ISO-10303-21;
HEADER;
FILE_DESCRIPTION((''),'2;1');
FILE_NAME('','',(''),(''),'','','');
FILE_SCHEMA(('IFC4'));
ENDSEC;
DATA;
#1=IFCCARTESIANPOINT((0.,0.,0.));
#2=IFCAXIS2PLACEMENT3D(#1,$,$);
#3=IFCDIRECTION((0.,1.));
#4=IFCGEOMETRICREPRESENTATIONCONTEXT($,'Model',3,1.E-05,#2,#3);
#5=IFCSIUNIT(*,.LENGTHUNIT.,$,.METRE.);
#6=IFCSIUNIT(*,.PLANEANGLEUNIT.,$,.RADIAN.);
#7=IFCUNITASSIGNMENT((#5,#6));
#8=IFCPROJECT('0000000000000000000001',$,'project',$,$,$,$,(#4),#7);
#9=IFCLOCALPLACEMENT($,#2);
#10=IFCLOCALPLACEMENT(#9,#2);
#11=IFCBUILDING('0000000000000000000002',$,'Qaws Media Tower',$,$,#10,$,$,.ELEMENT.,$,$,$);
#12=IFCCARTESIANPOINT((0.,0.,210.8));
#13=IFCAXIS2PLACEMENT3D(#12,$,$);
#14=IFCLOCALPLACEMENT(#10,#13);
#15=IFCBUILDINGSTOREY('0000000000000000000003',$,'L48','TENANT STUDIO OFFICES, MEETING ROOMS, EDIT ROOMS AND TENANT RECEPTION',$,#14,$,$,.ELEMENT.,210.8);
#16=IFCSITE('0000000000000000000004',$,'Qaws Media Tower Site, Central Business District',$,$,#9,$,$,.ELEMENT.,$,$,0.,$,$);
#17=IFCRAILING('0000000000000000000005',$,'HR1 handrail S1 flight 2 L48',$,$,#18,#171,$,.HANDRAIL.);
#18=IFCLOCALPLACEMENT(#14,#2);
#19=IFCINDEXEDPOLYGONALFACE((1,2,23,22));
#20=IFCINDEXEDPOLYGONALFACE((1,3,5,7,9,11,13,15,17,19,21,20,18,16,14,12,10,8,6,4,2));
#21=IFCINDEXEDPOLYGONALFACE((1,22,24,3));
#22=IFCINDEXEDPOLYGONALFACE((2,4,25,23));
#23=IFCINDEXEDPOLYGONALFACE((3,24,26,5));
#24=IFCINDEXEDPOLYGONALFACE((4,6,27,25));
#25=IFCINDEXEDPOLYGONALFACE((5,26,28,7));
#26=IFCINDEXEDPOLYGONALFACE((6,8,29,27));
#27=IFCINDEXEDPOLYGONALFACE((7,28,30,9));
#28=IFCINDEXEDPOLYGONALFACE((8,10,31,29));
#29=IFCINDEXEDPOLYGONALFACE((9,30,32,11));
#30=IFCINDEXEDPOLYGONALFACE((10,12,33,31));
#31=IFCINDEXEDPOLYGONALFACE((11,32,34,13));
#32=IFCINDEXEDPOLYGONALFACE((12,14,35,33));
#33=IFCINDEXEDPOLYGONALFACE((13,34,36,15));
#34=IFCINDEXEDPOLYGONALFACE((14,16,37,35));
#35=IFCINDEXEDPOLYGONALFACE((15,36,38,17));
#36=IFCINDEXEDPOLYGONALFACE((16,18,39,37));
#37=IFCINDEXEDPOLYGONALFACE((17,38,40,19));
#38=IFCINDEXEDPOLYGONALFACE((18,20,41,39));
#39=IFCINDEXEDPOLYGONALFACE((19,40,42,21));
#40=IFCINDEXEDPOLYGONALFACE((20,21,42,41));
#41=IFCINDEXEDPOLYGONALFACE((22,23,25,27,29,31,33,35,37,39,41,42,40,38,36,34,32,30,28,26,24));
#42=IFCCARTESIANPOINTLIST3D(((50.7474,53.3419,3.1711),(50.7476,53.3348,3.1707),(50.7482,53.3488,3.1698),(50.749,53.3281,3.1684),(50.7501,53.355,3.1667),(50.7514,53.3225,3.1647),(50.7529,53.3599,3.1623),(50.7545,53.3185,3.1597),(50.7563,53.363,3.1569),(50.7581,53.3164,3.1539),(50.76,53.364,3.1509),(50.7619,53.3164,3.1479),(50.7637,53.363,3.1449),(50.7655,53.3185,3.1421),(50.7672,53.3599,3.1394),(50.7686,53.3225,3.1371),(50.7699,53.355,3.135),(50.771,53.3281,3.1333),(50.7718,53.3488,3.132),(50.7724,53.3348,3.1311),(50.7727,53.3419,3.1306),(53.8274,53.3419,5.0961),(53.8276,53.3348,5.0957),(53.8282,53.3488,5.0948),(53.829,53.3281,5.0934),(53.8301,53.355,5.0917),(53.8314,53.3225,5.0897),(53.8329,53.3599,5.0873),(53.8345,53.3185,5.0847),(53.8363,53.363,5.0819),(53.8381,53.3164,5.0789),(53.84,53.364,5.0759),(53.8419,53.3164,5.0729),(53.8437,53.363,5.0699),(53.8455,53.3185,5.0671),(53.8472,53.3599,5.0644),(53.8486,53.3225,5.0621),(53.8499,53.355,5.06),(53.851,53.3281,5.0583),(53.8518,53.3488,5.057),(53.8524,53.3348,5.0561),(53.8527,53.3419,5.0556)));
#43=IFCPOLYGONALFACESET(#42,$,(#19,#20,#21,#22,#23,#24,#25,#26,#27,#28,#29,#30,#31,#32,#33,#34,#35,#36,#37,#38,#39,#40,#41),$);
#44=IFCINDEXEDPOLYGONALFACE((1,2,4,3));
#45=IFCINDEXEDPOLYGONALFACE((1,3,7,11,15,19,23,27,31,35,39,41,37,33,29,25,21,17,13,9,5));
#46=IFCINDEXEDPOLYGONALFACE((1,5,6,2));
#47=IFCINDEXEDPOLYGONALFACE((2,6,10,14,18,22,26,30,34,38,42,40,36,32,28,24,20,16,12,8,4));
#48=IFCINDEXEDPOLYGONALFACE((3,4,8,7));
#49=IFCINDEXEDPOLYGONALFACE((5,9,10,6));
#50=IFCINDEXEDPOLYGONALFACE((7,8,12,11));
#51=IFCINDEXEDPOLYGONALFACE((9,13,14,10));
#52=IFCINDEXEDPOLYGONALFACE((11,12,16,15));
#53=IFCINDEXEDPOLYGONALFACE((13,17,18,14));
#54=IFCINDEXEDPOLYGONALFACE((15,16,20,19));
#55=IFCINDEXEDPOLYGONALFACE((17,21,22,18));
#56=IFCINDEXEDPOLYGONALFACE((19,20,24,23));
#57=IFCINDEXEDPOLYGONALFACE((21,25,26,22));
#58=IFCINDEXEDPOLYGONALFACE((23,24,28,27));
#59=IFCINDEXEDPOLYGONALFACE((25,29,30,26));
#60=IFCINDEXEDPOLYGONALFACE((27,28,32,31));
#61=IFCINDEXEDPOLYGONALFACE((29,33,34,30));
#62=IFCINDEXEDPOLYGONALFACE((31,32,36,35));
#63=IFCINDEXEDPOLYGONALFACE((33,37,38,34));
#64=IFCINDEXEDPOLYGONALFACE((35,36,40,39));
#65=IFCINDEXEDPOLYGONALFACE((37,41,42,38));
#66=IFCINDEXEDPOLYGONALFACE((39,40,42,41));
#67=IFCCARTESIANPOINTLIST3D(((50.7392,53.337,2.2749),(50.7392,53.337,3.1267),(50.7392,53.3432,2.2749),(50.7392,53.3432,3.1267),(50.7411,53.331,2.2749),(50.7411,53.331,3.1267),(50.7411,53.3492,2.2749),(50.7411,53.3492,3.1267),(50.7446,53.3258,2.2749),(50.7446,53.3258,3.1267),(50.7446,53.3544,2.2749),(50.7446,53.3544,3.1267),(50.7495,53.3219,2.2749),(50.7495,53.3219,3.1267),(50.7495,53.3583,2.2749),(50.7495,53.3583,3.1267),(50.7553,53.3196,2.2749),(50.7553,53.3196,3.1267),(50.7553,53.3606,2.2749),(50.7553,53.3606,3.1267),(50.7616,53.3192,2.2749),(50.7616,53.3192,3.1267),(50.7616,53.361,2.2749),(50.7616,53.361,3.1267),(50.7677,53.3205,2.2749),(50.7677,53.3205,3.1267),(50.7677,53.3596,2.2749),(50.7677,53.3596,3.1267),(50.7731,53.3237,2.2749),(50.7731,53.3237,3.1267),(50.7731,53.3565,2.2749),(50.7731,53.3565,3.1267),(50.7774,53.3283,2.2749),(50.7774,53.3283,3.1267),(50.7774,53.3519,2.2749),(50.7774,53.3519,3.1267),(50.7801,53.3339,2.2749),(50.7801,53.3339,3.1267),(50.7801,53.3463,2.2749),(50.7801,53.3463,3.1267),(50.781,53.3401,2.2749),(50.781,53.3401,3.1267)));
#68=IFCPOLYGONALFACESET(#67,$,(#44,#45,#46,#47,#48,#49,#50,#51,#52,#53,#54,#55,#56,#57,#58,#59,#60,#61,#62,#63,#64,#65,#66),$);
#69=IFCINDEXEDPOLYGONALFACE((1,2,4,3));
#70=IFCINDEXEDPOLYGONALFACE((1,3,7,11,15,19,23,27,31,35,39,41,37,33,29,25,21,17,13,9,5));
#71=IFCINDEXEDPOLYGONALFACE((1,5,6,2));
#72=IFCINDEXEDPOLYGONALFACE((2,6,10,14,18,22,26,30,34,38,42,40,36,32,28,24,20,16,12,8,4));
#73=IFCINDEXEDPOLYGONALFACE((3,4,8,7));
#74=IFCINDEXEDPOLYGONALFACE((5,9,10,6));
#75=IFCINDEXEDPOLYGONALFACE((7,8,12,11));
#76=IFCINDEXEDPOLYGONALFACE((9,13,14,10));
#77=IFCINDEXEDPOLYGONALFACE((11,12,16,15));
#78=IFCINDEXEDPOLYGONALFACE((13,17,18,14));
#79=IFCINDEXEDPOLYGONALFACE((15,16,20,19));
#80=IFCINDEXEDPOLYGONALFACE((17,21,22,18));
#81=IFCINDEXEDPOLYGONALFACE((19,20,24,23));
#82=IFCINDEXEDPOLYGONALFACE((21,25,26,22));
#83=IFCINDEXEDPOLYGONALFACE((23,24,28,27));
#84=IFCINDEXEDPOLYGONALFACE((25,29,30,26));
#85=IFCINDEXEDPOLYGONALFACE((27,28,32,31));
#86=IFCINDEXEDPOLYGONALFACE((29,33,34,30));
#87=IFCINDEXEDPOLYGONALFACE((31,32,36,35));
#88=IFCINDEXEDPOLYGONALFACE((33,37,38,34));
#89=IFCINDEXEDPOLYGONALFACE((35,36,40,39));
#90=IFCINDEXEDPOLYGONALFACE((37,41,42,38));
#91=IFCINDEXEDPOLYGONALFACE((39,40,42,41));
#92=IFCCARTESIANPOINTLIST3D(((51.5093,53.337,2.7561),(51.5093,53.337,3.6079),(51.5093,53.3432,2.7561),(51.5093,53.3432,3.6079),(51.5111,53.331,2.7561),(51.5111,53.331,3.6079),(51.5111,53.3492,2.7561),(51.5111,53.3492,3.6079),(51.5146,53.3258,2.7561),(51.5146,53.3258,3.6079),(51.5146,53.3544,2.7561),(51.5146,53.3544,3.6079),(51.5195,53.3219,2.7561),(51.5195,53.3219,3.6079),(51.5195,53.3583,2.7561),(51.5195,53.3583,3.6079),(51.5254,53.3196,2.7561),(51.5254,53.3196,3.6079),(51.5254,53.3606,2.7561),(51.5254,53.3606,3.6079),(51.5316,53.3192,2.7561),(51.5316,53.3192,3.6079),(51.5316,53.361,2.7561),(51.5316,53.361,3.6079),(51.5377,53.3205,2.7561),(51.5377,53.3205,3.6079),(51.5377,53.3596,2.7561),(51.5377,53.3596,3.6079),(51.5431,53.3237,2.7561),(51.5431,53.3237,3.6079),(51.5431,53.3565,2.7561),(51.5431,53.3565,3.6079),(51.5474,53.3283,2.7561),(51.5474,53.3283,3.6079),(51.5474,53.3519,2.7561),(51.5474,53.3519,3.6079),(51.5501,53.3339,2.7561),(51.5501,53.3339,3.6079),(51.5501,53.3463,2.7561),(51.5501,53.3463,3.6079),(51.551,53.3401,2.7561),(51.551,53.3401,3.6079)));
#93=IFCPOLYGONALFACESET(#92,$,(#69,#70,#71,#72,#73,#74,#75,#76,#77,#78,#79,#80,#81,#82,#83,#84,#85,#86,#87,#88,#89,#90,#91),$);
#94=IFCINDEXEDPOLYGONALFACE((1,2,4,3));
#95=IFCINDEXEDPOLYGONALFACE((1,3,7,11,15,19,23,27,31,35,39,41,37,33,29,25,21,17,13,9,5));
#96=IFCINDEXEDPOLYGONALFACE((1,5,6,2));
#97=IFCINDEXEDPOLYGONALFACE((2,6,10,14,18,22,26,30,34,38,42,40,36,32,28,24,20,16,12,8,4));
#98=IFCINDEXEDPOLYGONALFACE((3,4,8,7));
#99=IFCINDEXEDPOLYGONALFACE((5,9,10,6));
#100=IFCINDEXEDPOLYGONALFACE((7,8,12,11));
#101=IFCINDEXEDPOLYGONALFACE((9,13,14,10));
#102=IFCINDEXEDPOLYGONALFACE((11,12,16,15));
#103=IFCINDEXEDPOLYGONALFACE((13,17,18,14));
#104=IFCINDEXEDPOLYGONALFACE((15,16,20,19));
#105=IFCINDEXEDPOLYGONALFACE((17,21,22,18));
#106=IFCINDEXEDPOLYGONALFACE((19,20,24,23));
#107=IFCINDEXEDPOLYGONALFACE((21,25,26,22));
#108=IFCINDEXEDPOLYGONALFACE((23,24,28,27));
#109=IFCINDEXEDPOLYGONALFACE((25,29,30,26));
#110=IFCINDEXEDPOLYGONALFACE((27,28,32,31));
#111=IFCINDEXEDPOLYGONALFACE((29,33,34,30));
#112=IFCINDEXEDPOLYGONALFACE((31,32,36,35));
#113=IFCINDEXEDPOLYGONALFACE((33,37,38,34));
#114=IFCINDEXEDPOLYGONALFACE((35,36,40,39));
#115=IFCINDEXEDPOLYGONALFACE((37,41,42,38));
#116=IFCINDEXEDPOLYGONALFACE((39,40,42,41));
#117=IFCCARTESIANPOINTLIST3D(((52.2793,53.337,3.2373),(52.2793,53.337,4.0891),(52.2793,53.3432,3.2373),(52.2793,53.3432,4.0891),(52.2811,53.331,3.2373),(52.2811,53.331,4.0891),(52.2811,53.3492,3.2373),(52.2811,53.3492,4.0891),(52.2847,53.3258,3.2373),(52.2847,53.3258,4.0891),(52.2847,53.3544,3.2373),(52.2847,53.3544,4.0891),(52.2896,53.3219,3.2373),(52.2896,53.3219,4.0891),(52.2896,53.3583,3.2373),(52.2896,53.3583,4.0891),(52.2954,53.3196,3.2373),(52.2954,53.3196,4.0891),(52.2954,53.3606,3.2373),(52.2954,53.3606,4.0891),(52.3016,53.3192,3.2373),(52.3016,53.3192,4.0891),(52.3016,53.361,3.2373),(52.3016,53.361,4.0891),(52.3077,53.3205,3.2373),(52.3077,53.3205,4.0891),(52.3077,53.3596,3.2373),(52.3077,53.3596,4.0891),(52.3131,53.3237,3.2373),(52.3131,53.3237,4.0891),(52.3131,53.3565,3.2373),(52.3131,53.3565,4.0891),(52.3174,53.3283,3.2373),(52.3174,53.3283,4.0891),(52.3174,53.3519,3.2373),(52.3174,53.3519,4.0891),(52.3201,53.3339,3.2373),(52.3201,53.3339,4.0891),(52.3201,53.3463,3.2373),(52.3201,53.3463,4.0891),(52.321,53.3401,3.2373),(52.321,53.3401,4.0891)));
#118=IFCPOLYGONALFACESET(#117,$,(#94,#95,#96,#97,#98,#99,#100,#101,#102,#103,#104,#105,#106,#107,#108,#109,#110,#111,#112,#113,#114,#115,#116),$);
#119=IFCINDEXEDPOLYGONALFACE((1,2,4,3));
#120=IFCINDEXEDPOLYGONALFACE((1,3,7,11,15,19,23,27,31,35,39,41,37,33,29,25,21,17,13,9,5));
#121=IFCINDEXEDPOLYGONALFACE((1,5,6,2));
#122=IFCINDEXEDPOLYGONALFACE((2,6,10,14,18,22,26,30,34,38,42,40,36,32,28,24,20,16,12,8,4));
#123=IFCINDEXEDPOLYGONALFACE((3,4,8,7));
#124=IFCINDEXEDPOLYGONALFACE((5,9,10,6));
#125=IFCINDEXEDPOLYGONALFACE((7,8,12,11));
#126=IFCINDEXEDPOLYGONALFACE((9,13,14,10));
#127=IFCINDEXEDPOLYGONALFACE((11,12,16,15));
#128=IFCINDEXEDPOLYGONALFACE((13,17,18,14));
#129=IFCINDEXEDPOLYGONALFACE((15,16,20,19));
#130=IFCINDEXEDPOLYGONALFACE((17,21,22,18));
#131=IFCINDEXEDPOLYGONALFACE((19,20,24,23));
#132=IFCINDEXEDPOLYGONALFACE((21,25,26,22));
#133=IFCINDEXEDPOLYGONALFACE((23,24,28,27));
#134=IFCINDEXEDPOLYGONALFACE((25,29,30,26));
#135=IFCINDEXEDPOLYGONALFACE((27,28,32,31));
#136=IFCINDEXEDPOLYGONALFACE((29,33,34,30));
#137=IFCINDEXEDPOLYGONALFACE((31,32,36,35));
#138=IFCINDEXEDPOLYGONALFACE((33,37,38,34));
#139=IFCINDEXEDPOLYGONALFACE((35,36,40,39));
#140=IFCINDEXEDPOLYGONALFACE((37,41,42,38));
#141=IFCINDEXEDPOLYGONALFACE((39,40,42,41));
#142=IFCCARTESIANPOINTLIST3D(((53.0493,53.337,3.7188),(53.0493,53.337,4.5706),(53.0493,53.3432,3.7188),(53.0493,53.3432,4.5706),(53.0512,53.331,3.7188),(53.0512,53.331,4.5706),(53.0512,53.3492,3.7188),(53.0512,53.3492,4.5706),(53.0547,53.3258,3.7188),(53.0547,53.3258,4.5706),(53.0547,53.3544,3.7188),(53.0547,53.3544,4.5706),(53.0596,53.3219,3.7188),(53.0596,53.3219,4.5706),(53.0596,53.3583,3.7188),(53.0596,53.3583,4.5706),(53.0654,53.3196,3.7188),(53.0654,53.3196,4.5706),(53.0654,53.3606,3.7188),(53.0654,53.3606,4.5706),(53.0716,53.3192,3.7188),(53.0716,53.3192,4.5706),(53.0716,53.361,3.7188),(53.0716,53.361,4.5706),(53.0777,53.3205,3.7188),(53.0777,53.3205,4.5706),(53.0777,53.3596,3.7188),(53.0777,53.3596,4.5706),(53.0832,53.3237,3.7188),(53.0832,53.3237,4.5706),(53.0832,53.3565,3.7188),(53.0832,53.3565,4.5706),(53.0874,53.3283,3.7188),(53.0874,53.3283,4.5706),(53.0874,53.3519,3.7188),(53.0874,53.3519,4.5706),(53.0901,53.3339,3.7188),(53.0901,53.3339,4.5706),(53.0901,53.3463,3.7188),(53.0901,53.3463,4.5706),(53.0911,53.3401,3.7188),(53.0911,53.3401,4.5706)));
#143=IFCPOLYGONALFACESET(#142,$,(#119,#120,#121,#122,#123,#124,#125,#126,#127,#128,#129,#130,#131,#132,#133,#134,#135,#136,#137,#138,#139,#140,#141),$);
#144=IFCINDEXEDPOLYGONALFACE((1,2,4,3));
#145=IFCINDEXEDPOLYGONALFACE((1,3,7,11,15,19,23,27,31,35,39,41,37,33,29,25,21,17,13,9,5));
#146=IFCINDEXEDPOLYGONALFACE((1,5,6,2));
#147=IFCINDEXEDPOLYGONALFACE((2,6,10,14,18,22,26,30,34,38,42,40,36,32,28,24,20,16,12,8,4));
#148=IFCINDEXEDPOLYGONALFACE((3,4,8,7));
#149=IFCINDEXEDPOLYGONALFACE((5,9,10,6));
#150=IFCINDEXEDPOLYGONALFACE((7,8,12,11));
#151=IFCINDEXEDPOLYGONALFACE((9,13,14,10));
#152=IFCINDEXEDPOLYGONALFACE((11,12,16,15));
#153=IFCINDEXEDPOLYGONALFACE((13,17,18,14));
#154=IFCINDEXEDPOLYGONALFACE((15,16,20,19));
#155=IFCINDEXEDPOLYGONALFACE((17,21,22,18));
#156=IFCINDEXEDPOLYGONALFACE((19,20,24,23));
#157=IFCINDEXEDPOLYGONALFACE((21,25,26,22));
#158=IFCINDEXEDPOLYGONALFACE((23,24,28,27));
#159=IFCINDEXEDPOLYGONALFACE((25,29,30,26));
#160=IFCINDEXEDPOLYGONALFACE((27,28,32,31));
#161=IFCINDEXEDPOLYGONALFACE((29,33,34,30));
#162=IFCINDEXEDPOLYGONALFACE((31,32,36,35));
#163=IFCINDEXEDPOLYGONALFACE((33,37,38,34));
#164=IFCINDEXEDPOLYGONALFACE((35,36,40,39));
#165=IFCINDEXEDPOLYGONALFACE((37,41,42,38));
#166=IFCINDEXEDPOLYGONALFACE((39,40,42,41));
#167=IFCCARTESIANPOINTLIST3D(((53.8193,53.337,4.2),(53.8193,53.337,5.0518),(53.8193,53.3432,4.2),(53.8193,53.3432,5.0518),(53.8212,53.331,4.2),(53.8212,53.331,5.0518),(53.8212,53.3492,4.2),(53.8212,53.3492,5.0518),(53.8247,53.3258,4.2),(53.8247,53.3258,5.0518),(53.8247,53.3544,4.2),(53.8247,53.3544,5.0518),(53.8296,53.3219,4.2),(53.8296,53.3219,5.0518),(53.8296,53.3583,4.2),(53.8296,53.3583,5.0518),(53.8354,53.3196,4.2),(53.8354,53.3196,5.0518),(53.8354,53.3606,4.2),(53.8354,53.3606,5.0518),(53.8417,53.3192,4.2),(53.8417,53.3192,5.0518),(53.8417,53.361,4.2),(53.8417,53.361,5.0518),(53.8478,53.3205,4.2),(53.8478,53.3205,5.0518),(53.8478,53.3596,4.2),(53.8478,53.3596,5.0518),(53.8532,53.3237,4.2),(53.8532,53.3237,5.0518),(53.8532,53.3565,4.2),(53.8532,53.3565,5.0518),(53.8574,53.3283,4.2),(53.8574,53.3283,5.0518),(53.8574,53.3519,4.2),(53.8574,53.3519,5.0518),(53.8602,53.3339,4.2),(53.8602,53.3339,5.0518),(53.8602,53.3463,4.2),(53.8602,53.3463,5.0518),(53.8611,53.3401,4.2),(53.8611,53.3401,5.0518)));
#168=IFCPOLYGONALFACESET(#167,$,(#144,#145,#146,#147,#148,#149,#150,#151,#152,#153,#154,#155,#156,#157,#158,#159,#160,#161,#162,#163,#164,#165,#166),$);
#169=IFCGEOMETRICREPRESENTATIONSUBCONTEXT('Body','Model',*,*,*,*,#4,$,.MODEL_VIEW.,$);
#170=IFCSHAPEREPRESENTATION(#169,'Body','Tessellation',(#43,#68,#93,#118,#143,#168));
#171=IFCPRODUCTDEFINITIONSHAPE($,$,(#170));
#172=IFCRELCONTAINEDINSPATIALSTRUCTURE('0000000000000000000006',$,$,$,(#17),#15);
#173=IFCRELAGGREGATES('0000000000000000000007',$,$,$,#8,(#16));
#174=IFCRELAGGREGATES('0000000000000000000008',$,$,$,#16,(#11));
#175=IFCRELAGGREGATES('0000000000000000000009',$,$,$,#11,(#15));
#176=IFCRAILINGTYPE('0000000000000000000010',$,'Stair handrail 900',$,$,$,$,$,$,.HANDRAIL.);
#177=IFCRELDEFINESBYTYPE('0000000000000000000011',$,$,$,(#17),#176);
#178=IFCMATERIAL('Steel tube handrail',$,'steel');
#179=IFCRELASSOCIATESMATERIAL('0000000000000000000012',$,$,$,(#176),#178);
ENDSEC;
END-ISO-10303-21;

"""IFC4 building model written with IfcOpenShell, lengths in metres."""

from ifc_helpers import new_model, si_unit, direction, frame, origin, origin_2d, place, context, subcontext, project, spatial, circle, extrude, material, type_object, element, save


model = new_model("IFC4")

# Units and contexts
model_context = context("Model", 3, precision=1e-05, world=origin(), true_north=direction((0.0, 1.0)))
body_context = subcontext(model_context, "Body", "Model", "MODEL_VIEW")
ifc_project = project(units=[si_unit("LENGTHUNIT", "METRE"), si_unit("PLANEANGLEUNIT", "RADIAN")], contexts=[model_context])

# Site, building, storey
site_placement = place(None, origin())
site = spatial("IfcSite", under=ifc_project, at=site_placement, Name="Qaws Media Tower Site, Central Business District", CompositionType="ELEMENT", RefElevation=0.0)
building_placement = place(site_placement, origin())
building = spatial("IfcBuilding", under=site, at=building_placement, Name="Qaws Media Tower", CompositionType="ELEMENT")
storey_placement = place(building_placement, frame((0.0, 0.0, 210.8)))
storey = spatial("IfcBuildingStorey", under=building, at=storey_placement, Name="L48", Description="TENANT STUDIO OFFICES, MEETING ROOMS, EDIT ROOMS AND TENANT RECEPTION", CompositionType="ELEMENT", Elevation=210.8)

# Railing
ifc_material_1 = material(Name="Steel tube handrail", Category="steel")
railing_type = type_object("IfcRailingType", Name="Stair handrail 900", PredefinedType="HANDRAIL", material=ifc_material_1)
for number, where, name in (
    (1, (50.76, 53.3401, 2.2749), "HR1 handrail S1 flight 2 L48"),
):
    element("IfcRailing", number, at=place(storey_placement, frame(where)), inside=storey, type_object=railing_type, Name=name, PredefinedType="HANDRAIL", context=body_context, shape_type="SweptSolid", body=[
        extrude(circle(Radius=0.0239, at=origin_2d()), frame((0.0, 0.0, 0.876), z_axis=(0.847998, 0.0, 0.529999), x_axis=(0.0, 1.0, 0.0)), (0.0, 0.0, 1.0), 3.6321),
        extrude(circle(Radius=0.021, at=origin_2d()), origin(), (0.0, 0.0, 1.0), 0.8518),
        extrude(circle(Radius=0.021, at=origin_2d()), frame((0.77, 0.0, 0.4812)), (0.0, 0.0, 1.0), 0.8518),
        extrude(circle(Radius=0.021, at=origin_2d()), frame((1.54, 0.0, 0.9624)), (0.0, 0.0, 1.0), 0.8518),
        extrude(circle(Radius=0.021, at=origin_2d()), frame((2.3101, 0.0, 1.4438)), (0.0, 0.0, 1.0), 0.8518),
        extrude(circle(Radius=0.021, at=origin_2d()), frame((3.0801, 0.0, 1.925)), (0.0, 0.0, 1.0), 0.8518),
    ])

save(model, "model.ifc")
